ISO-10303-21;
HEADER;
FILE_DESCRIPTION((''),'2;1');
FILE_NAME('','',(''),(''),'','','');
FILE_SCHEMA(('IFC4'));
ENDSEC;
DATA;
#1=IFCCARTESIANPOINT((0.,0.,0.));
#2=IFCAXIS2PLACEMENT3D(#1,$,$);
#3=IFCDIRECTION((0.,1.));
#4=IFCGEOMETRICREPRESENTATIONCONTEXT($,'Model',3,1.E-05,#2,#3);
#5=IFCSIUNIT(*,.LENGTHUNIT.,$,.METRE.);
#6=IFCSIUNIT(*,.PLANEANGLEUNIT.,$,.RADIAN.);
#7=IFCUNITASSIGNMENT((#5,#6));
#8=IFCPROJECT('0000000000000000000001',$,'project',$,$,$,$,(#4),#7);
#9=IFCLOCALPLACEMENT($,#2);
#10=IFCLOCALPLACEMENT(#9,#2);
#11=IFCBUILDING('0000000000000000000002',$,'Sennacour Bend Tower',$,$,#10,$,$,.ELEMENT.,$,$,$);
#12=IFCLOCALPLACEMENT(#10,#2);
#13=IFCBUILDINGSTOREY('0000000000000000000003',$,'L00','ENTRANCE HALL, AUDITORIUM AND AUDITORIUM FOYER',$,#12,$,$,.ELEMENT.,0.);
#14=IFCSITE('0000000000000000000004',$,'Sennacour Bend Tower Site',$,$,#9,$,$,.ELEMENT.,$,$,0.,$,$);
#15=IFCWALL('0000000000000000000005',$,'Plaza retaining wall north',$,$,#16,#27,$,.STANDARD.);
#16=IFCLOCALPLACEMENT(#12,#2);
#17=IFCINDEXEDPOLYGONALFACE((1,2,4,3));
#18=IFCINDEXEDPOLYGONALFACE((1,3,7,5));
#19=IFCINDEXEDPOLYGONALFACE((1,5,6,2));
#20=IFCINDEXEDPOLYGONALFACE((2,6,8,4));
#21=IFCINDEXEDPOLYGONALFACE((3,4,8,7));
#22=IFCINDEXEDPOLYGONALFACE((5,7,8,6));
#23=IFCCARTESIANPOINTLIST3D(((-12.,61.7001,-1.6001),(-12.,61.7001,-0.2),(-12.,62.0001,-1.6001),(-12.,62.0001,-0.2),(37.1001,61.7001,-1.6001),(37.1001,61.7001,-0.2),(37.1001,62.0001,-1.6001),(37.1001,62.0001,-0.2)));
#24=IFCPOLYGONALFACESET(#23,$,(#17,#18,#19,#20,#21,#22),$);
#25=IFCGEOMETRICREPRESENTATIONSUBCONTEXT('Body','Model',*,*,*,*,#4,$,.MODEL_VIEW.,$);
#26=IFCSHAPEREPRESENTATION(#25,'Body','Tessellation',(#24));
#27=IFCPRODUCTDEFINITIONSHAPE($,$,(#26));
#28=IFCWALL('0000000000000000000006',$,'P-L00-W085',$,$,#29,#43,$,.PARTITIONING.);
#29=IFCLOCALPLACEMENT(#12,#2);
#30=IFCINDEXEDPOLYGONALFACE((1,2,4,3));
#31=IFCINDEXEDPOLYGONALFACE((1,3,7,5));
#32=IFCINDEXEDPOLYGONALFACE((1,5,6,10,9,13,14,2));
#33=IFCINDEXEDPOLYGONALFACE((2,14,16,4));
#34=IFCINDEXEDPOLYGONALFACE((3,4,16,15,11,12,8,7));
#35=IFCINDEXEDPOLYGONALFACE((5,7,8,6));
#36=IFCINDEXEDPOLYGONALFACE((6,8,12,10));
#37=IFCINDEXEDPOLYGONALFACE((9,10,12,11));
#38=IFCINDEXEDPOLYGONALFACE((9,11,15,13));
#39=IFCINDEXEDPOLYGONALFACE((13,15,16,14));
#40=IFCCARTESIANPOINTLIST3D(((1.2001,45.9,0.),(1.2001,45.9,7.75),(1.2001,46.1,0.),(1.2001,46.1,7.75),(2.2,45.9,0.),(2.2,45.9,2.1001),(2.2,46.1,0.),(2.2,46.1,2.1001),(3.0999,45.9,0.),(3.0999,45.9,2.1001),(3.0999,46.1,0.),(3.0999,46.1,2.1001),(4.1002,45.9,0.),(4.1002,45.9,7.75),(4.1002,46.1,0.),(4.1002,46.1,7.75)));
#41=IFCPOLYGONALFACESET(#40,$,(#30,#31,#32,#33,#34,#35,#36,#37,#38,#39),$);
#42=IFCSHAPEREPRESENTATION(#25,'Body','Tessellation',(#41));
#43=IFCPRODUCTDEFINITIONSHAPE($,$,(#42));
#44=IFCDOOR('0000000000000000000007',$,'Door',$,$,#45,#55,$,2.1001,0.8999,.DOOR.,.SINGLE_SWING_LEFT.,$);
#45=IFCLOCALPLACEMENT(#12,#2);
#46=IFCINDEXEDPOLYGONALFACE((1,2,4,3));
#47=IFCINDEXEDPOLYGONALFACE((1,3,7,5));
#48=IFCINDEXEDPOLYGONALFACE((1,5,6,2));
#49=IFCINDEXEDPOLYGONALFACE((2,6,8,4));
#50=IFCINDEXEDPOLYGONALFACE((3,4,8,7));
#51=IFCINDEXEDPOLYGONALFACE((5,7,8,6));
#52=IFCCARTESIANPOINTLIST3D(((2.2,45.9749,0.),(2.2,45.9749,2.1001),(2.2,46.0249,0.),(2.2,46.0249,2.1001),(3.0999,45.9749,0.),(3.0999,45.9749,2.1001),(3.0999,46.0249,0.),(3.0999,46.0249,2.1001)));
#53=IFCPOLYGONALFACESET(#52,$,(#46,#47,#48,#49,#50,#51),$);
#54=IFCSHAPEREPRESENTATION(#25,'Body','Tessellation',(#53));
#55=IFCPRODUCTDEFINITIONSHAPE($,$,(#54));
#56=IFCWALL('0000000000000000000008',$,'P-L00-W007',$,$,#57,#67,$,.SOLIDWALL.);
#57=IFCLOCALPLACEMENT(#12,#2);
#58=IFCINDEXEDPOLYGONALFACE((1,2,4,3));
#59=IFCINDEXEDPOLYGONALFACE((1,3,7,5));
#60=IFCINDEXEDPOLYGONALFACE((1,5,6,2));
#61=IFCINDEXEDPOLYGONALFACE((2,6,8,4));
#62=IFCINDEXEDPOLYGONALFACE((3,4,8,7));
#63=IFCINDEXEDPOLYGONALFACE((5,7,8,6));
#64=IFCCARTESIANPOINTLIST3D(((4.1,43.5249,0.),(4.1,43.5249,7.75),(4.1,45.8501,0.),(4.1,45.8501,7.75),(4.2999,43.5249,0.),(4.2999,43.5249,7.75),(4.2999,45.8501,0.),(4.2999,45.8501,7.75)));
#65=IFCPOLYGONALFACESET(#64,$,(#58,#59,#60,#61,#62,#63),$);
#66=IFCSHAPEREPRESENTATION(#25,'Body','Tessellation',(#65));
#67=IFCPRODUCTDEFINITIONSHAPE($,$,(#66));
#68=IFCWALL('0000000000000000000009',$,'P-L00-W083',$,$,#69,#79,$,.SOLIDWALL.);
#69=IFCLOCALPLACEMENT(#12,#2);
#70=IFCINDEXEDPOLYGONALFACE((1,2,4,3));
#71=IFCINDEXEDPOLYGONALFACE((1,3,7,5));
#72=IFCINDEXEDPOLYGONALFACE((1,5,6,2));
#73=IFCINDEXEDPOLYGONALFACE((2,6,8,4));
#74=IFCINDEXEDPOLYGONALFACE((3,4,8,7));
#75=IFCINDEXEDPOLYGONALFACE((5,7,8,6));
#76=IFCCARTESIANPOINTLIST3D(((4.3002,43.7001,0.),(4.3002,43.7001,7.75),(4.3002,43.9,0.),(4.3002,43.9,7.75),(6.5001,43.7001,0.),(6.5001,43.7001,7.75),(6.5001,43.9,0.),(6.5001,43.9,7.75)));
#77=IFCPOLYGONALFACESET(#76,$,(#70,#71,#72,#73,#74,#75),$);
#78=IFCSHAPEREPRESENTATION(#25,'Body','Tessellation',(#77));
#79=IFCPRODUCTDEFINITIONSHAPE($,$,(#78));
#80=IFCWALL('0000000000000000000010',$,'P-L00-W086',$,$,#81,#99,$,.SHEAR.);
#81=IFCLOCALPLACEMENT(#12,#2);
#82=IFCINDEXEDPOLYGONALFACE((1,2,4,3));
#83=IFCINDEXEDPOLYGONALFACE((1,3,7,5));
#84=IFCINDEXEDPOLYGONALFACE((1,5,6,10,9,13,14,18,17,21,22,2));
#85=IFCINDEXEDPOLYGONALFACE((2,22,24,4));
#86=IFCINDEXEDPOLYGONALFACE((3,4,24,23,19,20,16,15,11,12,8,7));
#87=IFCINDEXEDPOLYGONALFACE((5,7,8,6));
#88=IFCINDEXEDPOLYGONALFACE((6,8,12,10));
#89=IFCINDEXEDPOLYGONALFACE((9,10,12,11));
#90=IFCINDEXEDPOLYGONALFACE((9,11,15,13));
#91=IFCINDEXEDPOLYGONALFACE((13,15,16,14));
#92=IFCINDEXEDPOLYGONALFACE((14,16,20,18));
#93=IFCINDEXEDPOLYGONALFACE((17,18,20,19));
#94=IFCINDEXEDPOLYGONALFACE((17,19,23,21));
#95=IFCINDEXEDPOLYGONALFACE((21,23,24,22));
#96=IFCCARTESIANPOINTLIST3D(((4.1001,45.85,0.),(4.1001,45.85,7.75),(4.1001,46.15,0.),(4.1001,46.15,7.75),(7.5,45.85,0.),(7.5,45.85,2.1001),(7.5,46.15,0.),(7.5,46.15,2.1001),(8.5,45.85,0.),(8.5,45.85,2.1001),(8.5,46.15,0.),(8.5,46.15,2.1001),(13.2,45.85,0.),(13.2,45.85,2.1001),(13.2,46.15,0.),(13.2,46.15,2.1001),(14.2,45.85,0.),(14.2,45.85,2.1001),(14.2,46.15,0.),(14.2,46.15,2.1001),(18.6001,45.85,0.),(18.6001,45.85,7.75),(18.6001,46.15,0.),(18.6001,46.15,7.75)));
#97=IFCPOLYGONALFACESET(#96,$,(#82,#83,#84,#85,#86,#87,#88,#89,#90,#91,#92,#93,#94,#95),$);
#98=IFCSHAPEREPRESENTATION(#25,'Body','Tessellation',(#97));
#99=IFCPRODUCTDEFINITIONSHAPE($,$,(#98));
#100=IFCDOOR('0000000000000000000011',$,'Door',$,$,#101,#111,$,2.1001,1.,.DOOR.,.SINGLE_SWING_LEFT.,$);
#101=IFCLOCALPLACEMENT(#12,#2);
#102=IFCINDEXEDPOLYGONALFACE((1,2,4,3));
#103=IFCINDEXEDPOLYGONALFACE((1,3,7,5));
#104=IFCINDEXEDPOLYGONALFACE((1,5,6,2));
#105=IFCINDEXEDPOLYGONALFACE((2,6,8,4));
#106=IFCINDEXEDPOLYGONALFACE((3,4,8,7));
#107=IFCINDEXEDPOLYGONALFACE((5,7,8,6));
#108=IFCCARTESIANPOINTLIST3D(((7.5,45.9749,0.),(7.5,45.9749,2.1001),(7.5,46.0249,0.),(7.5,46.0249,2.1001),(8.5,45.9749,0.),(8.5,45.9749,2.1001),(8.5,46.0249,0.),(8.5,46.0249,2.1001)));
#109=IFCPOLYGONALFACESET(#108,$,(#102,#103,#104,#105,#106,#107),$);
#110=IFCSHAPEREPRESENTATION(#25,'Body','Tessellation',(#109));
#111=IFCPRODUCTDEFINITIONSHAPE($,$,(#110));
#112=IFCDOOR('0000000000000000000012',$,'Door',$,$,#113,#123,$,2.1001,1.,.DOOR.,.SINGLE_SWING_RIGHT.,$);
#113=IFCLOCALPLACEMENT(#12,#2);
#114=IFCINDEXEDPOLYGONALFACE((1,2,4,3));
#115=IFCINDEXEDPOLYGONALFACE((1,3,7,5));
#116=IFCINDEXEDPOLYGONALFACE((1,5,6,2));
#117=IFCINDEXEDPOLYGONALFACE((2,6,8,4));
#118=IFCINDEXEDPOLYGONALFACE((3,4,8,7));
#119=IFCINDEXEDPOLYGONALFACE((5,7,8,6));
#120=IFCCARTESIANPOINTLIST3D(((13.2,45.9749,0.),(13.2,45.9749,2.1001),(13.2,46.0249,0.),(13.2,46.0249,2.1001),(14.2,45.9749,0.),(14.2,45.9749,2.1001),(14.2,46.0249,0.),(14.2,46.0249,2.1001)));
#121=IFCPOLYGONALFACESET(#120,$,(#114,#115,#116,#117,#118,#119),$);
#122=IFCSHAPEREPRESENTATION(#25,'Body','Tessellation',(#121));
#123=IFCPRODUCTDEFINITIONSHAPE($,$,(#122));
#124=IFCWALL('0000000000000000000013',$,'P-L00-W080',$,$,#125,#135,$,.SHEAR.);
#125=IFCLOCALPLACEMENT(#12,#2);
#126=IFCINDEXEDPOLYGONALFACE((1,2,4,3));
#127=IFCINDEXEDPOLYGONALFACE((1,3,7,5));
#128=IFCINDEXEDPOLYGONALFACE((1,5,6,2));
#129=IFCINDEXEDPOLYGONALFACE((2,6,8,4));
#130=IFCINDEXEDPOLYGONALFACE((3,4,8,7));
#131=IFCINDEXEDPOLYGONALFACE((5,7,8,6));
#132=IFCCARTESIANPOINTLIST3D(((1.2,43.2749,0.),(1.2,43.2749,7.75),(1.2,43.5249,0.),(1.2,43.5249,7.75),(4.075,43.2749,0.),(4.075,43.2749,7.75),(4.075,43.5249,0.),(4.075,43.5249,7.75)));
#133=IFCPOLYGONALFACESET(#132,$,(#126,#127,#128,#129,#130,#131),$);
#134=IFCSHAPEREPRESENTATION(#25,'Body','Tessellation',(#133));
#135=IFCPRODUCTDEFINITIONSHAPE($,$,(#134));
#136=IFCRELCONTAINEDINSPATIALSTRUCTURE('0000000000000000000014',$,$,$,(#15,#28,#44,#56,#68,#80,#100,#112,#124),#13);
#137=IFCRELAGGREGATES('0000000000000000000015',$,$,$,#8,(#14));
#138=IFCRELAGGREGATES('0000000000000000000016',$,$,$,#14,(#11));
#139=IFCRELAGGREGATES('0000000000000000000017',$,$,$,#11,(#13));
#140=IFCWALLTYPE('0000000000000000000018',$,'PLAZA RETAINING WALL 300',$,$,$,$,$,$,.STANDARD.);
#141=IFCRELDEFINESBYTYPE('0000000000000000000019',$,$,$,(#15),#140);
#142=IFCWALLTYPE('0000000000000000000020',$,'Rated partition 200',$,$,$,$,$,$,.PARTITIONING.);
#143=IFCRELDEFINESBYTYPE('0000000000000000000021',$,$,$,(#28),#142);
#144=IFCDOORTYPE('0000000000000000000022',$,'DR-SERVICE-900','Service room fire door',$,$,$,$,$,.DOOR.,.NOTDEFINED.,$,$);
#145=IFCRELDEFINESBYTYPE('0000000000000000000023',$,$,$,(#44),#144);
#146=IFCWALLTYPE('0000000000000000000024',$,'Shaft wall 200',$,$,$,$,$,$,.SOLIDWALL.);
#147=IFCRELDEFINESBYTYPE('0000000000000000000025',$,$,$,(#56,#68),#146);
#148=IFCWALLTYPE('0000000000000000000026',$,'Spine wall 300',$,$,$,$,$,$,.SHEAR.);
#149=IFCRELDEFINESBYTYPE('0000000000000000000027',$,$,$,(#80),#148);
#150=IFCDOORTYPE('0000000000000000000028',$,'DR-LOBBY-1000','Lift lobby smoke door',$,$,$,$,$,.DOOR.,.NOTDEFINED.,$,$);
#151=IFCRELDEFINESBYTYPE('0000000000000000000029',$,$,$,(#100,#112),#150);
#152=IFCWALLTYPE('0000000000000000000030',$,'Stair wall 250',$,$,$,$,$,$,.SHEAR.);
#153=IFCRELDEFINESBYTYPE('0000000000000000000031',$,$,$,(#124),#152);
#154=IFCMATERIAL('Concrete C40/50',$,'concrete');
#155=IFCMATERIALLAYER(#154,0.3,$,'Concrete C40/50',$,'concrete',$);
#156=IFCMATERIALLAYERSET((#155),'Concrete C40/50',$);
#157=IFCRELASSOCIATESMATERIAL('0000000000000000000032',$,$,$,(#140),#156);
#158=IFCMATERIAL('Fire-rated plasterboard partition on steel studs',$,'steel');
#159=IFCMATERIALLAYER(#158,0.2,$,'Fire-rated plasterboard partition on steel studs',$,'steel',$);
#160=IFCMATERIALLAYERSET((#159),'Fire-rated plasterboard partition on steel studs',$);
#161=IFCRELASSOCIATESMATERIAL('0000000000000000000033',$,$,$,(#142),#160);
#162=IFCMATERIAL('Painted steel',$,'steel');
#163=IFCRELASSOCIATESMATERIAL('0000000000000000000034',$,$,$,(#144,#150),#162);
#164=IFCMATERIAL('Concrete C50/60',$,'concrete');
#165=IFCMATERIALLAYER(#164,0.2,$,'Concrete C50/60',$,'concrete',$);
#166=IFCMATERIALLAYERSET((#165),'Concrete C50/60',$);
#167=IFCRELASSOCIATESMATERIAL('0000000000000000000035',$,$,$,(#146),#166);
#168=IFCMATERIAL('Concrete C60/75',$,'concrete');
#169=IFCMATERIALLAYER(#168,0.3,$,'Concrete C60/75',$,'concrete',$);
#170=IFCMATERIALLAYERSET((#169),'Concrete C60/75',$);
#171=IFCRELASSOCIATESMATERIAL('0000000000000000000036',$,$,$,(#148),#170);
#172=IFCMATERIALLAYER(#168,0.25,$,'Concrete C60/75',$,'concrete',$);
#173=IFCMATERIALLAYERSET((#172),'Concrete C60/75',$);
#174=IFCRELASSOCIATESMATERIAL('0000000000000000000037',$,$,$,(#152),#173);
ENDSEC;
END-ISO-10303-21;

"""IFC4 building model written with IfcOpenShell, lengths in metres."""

from ifc_helpers import new_model, si_unit, direction, frame, frame_2d, origin, place, context, subcontext, project, spatial, rectangle, extrude, material, layer, layer_set, type_object, element, fill, save


model = new_model("IFC4")

# Units and contexts
model_context = context("Model", 3, precision=1e-05, world=origin(), true_north=direction((0.0, 1.0)))
body_context = subcontext(model_context, "Body", "Model", "MODEL_VIEW")
ifc_project = project(units=[si_unit("LENGTHUNIT", "METRE"), si_unit("PLANEANGLEUNIT", "RADIAN")], contexts=[model_context])

# Site, building, storey
site_placement = place(None, origin())
site = spatial("IfcSite", under=ifc_project, at=site_placement, Name="Sennacour Bend Tower Site", CompositionType="ELEMENT", RefElevation=0.0)
building_placement = place(site_placement, origin())
building = spatial("IfcBuilding", under=site, at=building_placement, Name="Sennacour Bend Tower", CompositionType="ELEMENT")
storey_placement = place(building_placement, origin())
storey = spatial("IfcBuildingStorey", under=building, at=storey_placement, Name="L00", Description="ENTRANCE HALL, AUDITORIUM AND AUDITORIUM FOYER", CompositionType="ELEMENT", Elevation=0.0)

# Shared definitions
ifc_material_1 = material(Name="Concrete C50/60", Category="concrete")

# Wall
ifc_material_2 = material(Name="Concrete C40/50", Category="concrete")
ifc_layer_1 = layer(ifc_material_2, 0.3, Name="Concrete C40/50", Category="concrete")
ifc_layer_set_1 = layer_set([ifc_layer_1], Name="Concrete C40/50")
wall_type_1 = type_object("IfcWallType", Name="PLAZA RETAINING WALL 300", PredefinedType="STANDARD", material=ifc_layer_set_1)
wall_1_placement = place(storey_placement, frame((-12.0, 61.8501, -1.6001), z_axis=(0.0, 0.0, 1.0), x_axis=(1.0, 0.0, 0.0)))
element("IfcWall", 1, at=wall_1_placement, inside=storey, type_object=wall_type_1, Name="Plaza retaining wall north", PredefinedType="STANDARD", context=body_context, shape_type="SweptSolid", body=[
    extrude(rectangle(XDim=49.1001, YDim=0.3, at=frame_2d((24.55, 0.0))), origin(), (0.0, 0.0, 1.0), 1.4001),
])

# Wall, opening, door
ifc_material_3 = material(Name="Fire-rated plasterboard partition on steel studs", Category="steel")
ifc_layer_2 = layer(ifc_material_3, 0.2, Name="Fire-rated plasterboard partition on steel studs", Category="steel")
ifc_layer_set_2 = layer_set([ifc_layer_2], Name="Fire-rated plasterboard partition on steel studs")
wall_type_2 = type_object("IfcWallType", Name="Rated partition 200", PredefinedType="PARTITIONING", material=ifc_layer_set_2)
wall_2_placement = place(storey_placement, frame((1.2, 46.0, 0.0), z_axis=(0.0, 0.0, 1.0), x_axis=(1.0, 0.0, 0.0)))
wall_2 = element("IfcWall", 2, at=wall_2_placement, inside=storey, type_object=wall_type_2, Name="P-L00-W085", PredefinedType="PARTITIONING", context=body_context, shape_type="SweptSolid", body=[
    extrude(rectangle(XDim=2.9001, YDim=0.2, at=frame_2d((1.4502, 0.0))), origin(), (0.0, 0.0, 1.0), 7.75),
])
opening_1_placement = place(wall_2_placement, frame((1.0, 0.0, 0.0)))
opening_1 = element("IfcOpeningElement", 3, at=opening_1_placement, cuts=wall_2, PredefinedType="OPENING", context=body_context, shape_type="SweptSolid", body=[
    extrude(rectangle(XDim=0.8999, YDim=2.1001, at=frame_2d((0.45, 1.05))), frame((0.0, 0.1099, 0.0), z_axis=(0.0, -1.0, 0.0), x_axis=(1.0, 0.0, 0.0)), (0.0, 0.0, 1.0), 0.22),
])
ifc_material_4 = material(Name="Painted steel", Category="steel")
door_type_1 = type_object("IfcDoorType", Name="DR-SERVICE-900", Description="Service room fire door", OperationType="NOTDEFINED", PredefinedType="DOOR", material=ifc_material_4)
door_1_placement = place(opening_1_placement, origin())
door_1 = element("IfcDoor", 4, at=door_1_placement, inside=storey, type_object=door_type_1, Name="Door", OperationType="SINGLE_SWING_LEFT", OverallHeight=2.1001, OverallWidth=0.8999, PredefinedType="DOOR", context=body_context, shape_type="SweptSolid", body=[
    extrude(rectangle(XDim=0.8999, YDim=2.1001, at=frame_2d((0.45, 1.05))), frame((0.0, 0.0249, 0.0), z_axis=(0.0, -1.0, 0.0), x_axis=(1.0, 0.0, 0.0)), (0.0, 0.0, 1.0), 0.05),
])
fill(opening_1, door_1)

# Walls
ifc_layer_3 = layer(ifc_material_1, 0.2, Name="Concrete C50/60", Category="concrete")
ifc_layer_set_3 = layer_set([ifc_layer_3], Name="Concrete C50/60")
wall_type_3 = type_object("IfcWallType", Name="Shaft wall 200", PredefinedType="SOLIDWALL", material=ifc_layer_set_3)
wall_3_placement = place(storey_placement, frame((4.2, 43.5249, 0.0), z_axis=(0.0, 0.0, 1.0), x_axis=(0.0, 1.0, 0.0)))
element("IfcWall", 5, at=wall_3_placement, inside=storey, type_object=wall_type_3, Name="P-L00-W007", PredefinedType="SOLIDWALL", context=body_context, shape_type="SweptSolid", body=[
    extrude(rectangle(XDim=2.3252, YDim=0.2, at=frame_2d((1.1626, 0.0))), origin(), (0.0, 0.0, 1.0), 7.75),
])
wall_4_placement = place(storey_placement, frame((4.3, 43.8, 0.0), z_axis=(0.0, 0.0, 1.0), x_axis=(1.0, 0.0, 0.0)))
element("IfcWall", 6, at=wall_4_placement, inside=storey, type_object=wall_type_3, Name="P-L00-W083", PredefinedType="SOLIDWALL", context=body_context, shape_type="SweptSolid", body=[
    extrude(rectangle(XDim=2.2, YDim=0.2, at=frame_2d((1.1001, 0.0))), origin(), (0.0, 0.0, 1.0), 7.75),
])

# Wall, openings, doors
ifc_material_5 = material(Name="Concrete C60/75", Category="concrete")
ifc_layer_4 = layer(ifc_material_5, 0.3, Name="Concrete C60/75", Category="concrete")
ifc_layer_set_4 = layer_set([ifc_layer_4], Name="Concrete C60/75")
wall_type_4 = type_object("IfcWallType", Name="Spine wall 300", PredefinedType="SHEAR", material=ifc_layer_set_4)
wall_5_placement = place(storey_placement, frame((4.1001, 46.0, 0.0), z_axis=(0.0, 0.0, 1.0), x_axis=(1.0, 0.0, 0.0)))
wall_5 = element("IfcWall", 7, at=wall_5_placement, inside=storey, type_object=wall_type_4, Name="P-L00-W086", PredefinedType="SHEAR", context=body_context, shape_type="SweptSolid", body=[
    extrude(rectangle(XDim=14.5, YDim=0.3, at=frame_2d((7.25, 0.0))), origin(), (0.0, 0.0, 1.0), 7.75),
])
opening_2_placement = place(wall_5_placement, frame((3.3999, 0.0, 0.0)))
opening_2 = element("IfcOpeningElement", 8, at=opening_2_placement, cuts=wall_5, PredefinedType="OPENING", context=body_context, shape_type="SweptSolid", body=[
    extrude(rectangle(XDim=1.0, YDim=2.1001, at=frame_2d((0.5, 1.05))), frame((0.0, 0.1602, 0.0), z_axis=(0.0, -1.0, 0.0), x_axis=(1.0, 0.0, 0.0)), (0.0, 0.0, 1.0), 0.3201),
])
opening_3_placement = place(wall_5_placement, frame((9.0999, 0.0, 0.0)))
opening_3 = element("IfcOpeningElement", 9, at=opening_3_placement, cuts=wall_5, PredefinedType="OPENING", context=body_context, shape_type="SweptSolid", body=[
    extrude(rectangle(XDim=1.0, YDim=2.1001, at=frame_2d((0.5, 1.05))), frame((0.0, 0.1602, 0.0), z_axis=(0.0, -1.0, 0.0), x_axis=(1.0, 0.0, 0.0)), (0.0, 0.0, 1.0), 0.3201),
])
door_type_2 = type_object("IfcDoorType", Name="DR-LOBBY-1000", Description="Lift lobby smoke door", OperationType="NOTDEFINED", PredefinedType="DOOR", material=ifc_material_4)
door_2_placement = place(opening_2_placement, origin())
door_2 = element("IfcDoor", 10, at=door_2_placement, inside=storey, type_object=door_type_2, Name="Door", OperationType="SINGLE_SWING_LEFT", OverallHeight=2.1001, OverallWidth=1.0, PredefinedType="DOOR", context=body_context, shape_type="SweptSolid", body=[
    extrude(rectangle(XDim=1.0, YDim=2.1001, at=frame_2d((0.5, 1.05))), frame((0.0, 0.0249, 0.0), z_axis=(0.0, -1.0, 0.0), x_axis=(1.0, 0.0, 0.0)), (0.0, 0.0, 1.0), 0.05),
])
fill(opening_2, door_2)
door_3_placement = place(opening_3_placement, origin())
door_3 = element("IfcDoor", 11, at=door_3_placement, inside=storey, type_object=door_type_2, Name="Door", OperationType="SINGLE_SWING_RIGHT", OverallHeight=2.1001, OverallWidth=1.0, PredefinedType="DOOR", context=body_context, shape_type="SweptSolid", body=[
    extrude(rectangle(XDim=1.0, YDim=2.1001, at=frame_2d((0.5, 1.05))), frame((0.0, 0.0249, 0.0), z_axis=(0.0, -1.0, 0.0), x_axis=(1.0, 0.0, 0.0)), (0.0, 0.0, 1.0), 0.05),
])
fill(opening_3, door_3)

# Wall
ifc_layer_5 = layer(ifc_material_5, 0.25, Name="Concrete C60/75", Category="concrete")
ifc_layer_set_5 = layer_set([ifc_layer_5], Name="Concrete C60/75")
wall_type_5 = type_object("IfcWallType", Name="Stair wall 250", PredefinedType="SHEAR", material=ifc_layer_set_5)
wall_6_placement = place(storey_placement, frame((1.2, 43.3999, 0.0), z_axis=(0.0, 0.0, 1.0), x_axis=(1.0, 0.0, 0.0)))
element("IfcWall", 12, at=wall_6_placement, inside=storey, type_object=wall_type_5, Name="P-L00-W080", PredefinedType="SHEAR", context=body_context, shape_type="SweptSolid", body=[
    extrude(rectangle(XDim=2.875, YDim=0.25, at=frame_2d((1.4375, 0.0))), origin(), (0.0, 0.0, 1.0), 7.75),
])

save(model, "model.ifc")
